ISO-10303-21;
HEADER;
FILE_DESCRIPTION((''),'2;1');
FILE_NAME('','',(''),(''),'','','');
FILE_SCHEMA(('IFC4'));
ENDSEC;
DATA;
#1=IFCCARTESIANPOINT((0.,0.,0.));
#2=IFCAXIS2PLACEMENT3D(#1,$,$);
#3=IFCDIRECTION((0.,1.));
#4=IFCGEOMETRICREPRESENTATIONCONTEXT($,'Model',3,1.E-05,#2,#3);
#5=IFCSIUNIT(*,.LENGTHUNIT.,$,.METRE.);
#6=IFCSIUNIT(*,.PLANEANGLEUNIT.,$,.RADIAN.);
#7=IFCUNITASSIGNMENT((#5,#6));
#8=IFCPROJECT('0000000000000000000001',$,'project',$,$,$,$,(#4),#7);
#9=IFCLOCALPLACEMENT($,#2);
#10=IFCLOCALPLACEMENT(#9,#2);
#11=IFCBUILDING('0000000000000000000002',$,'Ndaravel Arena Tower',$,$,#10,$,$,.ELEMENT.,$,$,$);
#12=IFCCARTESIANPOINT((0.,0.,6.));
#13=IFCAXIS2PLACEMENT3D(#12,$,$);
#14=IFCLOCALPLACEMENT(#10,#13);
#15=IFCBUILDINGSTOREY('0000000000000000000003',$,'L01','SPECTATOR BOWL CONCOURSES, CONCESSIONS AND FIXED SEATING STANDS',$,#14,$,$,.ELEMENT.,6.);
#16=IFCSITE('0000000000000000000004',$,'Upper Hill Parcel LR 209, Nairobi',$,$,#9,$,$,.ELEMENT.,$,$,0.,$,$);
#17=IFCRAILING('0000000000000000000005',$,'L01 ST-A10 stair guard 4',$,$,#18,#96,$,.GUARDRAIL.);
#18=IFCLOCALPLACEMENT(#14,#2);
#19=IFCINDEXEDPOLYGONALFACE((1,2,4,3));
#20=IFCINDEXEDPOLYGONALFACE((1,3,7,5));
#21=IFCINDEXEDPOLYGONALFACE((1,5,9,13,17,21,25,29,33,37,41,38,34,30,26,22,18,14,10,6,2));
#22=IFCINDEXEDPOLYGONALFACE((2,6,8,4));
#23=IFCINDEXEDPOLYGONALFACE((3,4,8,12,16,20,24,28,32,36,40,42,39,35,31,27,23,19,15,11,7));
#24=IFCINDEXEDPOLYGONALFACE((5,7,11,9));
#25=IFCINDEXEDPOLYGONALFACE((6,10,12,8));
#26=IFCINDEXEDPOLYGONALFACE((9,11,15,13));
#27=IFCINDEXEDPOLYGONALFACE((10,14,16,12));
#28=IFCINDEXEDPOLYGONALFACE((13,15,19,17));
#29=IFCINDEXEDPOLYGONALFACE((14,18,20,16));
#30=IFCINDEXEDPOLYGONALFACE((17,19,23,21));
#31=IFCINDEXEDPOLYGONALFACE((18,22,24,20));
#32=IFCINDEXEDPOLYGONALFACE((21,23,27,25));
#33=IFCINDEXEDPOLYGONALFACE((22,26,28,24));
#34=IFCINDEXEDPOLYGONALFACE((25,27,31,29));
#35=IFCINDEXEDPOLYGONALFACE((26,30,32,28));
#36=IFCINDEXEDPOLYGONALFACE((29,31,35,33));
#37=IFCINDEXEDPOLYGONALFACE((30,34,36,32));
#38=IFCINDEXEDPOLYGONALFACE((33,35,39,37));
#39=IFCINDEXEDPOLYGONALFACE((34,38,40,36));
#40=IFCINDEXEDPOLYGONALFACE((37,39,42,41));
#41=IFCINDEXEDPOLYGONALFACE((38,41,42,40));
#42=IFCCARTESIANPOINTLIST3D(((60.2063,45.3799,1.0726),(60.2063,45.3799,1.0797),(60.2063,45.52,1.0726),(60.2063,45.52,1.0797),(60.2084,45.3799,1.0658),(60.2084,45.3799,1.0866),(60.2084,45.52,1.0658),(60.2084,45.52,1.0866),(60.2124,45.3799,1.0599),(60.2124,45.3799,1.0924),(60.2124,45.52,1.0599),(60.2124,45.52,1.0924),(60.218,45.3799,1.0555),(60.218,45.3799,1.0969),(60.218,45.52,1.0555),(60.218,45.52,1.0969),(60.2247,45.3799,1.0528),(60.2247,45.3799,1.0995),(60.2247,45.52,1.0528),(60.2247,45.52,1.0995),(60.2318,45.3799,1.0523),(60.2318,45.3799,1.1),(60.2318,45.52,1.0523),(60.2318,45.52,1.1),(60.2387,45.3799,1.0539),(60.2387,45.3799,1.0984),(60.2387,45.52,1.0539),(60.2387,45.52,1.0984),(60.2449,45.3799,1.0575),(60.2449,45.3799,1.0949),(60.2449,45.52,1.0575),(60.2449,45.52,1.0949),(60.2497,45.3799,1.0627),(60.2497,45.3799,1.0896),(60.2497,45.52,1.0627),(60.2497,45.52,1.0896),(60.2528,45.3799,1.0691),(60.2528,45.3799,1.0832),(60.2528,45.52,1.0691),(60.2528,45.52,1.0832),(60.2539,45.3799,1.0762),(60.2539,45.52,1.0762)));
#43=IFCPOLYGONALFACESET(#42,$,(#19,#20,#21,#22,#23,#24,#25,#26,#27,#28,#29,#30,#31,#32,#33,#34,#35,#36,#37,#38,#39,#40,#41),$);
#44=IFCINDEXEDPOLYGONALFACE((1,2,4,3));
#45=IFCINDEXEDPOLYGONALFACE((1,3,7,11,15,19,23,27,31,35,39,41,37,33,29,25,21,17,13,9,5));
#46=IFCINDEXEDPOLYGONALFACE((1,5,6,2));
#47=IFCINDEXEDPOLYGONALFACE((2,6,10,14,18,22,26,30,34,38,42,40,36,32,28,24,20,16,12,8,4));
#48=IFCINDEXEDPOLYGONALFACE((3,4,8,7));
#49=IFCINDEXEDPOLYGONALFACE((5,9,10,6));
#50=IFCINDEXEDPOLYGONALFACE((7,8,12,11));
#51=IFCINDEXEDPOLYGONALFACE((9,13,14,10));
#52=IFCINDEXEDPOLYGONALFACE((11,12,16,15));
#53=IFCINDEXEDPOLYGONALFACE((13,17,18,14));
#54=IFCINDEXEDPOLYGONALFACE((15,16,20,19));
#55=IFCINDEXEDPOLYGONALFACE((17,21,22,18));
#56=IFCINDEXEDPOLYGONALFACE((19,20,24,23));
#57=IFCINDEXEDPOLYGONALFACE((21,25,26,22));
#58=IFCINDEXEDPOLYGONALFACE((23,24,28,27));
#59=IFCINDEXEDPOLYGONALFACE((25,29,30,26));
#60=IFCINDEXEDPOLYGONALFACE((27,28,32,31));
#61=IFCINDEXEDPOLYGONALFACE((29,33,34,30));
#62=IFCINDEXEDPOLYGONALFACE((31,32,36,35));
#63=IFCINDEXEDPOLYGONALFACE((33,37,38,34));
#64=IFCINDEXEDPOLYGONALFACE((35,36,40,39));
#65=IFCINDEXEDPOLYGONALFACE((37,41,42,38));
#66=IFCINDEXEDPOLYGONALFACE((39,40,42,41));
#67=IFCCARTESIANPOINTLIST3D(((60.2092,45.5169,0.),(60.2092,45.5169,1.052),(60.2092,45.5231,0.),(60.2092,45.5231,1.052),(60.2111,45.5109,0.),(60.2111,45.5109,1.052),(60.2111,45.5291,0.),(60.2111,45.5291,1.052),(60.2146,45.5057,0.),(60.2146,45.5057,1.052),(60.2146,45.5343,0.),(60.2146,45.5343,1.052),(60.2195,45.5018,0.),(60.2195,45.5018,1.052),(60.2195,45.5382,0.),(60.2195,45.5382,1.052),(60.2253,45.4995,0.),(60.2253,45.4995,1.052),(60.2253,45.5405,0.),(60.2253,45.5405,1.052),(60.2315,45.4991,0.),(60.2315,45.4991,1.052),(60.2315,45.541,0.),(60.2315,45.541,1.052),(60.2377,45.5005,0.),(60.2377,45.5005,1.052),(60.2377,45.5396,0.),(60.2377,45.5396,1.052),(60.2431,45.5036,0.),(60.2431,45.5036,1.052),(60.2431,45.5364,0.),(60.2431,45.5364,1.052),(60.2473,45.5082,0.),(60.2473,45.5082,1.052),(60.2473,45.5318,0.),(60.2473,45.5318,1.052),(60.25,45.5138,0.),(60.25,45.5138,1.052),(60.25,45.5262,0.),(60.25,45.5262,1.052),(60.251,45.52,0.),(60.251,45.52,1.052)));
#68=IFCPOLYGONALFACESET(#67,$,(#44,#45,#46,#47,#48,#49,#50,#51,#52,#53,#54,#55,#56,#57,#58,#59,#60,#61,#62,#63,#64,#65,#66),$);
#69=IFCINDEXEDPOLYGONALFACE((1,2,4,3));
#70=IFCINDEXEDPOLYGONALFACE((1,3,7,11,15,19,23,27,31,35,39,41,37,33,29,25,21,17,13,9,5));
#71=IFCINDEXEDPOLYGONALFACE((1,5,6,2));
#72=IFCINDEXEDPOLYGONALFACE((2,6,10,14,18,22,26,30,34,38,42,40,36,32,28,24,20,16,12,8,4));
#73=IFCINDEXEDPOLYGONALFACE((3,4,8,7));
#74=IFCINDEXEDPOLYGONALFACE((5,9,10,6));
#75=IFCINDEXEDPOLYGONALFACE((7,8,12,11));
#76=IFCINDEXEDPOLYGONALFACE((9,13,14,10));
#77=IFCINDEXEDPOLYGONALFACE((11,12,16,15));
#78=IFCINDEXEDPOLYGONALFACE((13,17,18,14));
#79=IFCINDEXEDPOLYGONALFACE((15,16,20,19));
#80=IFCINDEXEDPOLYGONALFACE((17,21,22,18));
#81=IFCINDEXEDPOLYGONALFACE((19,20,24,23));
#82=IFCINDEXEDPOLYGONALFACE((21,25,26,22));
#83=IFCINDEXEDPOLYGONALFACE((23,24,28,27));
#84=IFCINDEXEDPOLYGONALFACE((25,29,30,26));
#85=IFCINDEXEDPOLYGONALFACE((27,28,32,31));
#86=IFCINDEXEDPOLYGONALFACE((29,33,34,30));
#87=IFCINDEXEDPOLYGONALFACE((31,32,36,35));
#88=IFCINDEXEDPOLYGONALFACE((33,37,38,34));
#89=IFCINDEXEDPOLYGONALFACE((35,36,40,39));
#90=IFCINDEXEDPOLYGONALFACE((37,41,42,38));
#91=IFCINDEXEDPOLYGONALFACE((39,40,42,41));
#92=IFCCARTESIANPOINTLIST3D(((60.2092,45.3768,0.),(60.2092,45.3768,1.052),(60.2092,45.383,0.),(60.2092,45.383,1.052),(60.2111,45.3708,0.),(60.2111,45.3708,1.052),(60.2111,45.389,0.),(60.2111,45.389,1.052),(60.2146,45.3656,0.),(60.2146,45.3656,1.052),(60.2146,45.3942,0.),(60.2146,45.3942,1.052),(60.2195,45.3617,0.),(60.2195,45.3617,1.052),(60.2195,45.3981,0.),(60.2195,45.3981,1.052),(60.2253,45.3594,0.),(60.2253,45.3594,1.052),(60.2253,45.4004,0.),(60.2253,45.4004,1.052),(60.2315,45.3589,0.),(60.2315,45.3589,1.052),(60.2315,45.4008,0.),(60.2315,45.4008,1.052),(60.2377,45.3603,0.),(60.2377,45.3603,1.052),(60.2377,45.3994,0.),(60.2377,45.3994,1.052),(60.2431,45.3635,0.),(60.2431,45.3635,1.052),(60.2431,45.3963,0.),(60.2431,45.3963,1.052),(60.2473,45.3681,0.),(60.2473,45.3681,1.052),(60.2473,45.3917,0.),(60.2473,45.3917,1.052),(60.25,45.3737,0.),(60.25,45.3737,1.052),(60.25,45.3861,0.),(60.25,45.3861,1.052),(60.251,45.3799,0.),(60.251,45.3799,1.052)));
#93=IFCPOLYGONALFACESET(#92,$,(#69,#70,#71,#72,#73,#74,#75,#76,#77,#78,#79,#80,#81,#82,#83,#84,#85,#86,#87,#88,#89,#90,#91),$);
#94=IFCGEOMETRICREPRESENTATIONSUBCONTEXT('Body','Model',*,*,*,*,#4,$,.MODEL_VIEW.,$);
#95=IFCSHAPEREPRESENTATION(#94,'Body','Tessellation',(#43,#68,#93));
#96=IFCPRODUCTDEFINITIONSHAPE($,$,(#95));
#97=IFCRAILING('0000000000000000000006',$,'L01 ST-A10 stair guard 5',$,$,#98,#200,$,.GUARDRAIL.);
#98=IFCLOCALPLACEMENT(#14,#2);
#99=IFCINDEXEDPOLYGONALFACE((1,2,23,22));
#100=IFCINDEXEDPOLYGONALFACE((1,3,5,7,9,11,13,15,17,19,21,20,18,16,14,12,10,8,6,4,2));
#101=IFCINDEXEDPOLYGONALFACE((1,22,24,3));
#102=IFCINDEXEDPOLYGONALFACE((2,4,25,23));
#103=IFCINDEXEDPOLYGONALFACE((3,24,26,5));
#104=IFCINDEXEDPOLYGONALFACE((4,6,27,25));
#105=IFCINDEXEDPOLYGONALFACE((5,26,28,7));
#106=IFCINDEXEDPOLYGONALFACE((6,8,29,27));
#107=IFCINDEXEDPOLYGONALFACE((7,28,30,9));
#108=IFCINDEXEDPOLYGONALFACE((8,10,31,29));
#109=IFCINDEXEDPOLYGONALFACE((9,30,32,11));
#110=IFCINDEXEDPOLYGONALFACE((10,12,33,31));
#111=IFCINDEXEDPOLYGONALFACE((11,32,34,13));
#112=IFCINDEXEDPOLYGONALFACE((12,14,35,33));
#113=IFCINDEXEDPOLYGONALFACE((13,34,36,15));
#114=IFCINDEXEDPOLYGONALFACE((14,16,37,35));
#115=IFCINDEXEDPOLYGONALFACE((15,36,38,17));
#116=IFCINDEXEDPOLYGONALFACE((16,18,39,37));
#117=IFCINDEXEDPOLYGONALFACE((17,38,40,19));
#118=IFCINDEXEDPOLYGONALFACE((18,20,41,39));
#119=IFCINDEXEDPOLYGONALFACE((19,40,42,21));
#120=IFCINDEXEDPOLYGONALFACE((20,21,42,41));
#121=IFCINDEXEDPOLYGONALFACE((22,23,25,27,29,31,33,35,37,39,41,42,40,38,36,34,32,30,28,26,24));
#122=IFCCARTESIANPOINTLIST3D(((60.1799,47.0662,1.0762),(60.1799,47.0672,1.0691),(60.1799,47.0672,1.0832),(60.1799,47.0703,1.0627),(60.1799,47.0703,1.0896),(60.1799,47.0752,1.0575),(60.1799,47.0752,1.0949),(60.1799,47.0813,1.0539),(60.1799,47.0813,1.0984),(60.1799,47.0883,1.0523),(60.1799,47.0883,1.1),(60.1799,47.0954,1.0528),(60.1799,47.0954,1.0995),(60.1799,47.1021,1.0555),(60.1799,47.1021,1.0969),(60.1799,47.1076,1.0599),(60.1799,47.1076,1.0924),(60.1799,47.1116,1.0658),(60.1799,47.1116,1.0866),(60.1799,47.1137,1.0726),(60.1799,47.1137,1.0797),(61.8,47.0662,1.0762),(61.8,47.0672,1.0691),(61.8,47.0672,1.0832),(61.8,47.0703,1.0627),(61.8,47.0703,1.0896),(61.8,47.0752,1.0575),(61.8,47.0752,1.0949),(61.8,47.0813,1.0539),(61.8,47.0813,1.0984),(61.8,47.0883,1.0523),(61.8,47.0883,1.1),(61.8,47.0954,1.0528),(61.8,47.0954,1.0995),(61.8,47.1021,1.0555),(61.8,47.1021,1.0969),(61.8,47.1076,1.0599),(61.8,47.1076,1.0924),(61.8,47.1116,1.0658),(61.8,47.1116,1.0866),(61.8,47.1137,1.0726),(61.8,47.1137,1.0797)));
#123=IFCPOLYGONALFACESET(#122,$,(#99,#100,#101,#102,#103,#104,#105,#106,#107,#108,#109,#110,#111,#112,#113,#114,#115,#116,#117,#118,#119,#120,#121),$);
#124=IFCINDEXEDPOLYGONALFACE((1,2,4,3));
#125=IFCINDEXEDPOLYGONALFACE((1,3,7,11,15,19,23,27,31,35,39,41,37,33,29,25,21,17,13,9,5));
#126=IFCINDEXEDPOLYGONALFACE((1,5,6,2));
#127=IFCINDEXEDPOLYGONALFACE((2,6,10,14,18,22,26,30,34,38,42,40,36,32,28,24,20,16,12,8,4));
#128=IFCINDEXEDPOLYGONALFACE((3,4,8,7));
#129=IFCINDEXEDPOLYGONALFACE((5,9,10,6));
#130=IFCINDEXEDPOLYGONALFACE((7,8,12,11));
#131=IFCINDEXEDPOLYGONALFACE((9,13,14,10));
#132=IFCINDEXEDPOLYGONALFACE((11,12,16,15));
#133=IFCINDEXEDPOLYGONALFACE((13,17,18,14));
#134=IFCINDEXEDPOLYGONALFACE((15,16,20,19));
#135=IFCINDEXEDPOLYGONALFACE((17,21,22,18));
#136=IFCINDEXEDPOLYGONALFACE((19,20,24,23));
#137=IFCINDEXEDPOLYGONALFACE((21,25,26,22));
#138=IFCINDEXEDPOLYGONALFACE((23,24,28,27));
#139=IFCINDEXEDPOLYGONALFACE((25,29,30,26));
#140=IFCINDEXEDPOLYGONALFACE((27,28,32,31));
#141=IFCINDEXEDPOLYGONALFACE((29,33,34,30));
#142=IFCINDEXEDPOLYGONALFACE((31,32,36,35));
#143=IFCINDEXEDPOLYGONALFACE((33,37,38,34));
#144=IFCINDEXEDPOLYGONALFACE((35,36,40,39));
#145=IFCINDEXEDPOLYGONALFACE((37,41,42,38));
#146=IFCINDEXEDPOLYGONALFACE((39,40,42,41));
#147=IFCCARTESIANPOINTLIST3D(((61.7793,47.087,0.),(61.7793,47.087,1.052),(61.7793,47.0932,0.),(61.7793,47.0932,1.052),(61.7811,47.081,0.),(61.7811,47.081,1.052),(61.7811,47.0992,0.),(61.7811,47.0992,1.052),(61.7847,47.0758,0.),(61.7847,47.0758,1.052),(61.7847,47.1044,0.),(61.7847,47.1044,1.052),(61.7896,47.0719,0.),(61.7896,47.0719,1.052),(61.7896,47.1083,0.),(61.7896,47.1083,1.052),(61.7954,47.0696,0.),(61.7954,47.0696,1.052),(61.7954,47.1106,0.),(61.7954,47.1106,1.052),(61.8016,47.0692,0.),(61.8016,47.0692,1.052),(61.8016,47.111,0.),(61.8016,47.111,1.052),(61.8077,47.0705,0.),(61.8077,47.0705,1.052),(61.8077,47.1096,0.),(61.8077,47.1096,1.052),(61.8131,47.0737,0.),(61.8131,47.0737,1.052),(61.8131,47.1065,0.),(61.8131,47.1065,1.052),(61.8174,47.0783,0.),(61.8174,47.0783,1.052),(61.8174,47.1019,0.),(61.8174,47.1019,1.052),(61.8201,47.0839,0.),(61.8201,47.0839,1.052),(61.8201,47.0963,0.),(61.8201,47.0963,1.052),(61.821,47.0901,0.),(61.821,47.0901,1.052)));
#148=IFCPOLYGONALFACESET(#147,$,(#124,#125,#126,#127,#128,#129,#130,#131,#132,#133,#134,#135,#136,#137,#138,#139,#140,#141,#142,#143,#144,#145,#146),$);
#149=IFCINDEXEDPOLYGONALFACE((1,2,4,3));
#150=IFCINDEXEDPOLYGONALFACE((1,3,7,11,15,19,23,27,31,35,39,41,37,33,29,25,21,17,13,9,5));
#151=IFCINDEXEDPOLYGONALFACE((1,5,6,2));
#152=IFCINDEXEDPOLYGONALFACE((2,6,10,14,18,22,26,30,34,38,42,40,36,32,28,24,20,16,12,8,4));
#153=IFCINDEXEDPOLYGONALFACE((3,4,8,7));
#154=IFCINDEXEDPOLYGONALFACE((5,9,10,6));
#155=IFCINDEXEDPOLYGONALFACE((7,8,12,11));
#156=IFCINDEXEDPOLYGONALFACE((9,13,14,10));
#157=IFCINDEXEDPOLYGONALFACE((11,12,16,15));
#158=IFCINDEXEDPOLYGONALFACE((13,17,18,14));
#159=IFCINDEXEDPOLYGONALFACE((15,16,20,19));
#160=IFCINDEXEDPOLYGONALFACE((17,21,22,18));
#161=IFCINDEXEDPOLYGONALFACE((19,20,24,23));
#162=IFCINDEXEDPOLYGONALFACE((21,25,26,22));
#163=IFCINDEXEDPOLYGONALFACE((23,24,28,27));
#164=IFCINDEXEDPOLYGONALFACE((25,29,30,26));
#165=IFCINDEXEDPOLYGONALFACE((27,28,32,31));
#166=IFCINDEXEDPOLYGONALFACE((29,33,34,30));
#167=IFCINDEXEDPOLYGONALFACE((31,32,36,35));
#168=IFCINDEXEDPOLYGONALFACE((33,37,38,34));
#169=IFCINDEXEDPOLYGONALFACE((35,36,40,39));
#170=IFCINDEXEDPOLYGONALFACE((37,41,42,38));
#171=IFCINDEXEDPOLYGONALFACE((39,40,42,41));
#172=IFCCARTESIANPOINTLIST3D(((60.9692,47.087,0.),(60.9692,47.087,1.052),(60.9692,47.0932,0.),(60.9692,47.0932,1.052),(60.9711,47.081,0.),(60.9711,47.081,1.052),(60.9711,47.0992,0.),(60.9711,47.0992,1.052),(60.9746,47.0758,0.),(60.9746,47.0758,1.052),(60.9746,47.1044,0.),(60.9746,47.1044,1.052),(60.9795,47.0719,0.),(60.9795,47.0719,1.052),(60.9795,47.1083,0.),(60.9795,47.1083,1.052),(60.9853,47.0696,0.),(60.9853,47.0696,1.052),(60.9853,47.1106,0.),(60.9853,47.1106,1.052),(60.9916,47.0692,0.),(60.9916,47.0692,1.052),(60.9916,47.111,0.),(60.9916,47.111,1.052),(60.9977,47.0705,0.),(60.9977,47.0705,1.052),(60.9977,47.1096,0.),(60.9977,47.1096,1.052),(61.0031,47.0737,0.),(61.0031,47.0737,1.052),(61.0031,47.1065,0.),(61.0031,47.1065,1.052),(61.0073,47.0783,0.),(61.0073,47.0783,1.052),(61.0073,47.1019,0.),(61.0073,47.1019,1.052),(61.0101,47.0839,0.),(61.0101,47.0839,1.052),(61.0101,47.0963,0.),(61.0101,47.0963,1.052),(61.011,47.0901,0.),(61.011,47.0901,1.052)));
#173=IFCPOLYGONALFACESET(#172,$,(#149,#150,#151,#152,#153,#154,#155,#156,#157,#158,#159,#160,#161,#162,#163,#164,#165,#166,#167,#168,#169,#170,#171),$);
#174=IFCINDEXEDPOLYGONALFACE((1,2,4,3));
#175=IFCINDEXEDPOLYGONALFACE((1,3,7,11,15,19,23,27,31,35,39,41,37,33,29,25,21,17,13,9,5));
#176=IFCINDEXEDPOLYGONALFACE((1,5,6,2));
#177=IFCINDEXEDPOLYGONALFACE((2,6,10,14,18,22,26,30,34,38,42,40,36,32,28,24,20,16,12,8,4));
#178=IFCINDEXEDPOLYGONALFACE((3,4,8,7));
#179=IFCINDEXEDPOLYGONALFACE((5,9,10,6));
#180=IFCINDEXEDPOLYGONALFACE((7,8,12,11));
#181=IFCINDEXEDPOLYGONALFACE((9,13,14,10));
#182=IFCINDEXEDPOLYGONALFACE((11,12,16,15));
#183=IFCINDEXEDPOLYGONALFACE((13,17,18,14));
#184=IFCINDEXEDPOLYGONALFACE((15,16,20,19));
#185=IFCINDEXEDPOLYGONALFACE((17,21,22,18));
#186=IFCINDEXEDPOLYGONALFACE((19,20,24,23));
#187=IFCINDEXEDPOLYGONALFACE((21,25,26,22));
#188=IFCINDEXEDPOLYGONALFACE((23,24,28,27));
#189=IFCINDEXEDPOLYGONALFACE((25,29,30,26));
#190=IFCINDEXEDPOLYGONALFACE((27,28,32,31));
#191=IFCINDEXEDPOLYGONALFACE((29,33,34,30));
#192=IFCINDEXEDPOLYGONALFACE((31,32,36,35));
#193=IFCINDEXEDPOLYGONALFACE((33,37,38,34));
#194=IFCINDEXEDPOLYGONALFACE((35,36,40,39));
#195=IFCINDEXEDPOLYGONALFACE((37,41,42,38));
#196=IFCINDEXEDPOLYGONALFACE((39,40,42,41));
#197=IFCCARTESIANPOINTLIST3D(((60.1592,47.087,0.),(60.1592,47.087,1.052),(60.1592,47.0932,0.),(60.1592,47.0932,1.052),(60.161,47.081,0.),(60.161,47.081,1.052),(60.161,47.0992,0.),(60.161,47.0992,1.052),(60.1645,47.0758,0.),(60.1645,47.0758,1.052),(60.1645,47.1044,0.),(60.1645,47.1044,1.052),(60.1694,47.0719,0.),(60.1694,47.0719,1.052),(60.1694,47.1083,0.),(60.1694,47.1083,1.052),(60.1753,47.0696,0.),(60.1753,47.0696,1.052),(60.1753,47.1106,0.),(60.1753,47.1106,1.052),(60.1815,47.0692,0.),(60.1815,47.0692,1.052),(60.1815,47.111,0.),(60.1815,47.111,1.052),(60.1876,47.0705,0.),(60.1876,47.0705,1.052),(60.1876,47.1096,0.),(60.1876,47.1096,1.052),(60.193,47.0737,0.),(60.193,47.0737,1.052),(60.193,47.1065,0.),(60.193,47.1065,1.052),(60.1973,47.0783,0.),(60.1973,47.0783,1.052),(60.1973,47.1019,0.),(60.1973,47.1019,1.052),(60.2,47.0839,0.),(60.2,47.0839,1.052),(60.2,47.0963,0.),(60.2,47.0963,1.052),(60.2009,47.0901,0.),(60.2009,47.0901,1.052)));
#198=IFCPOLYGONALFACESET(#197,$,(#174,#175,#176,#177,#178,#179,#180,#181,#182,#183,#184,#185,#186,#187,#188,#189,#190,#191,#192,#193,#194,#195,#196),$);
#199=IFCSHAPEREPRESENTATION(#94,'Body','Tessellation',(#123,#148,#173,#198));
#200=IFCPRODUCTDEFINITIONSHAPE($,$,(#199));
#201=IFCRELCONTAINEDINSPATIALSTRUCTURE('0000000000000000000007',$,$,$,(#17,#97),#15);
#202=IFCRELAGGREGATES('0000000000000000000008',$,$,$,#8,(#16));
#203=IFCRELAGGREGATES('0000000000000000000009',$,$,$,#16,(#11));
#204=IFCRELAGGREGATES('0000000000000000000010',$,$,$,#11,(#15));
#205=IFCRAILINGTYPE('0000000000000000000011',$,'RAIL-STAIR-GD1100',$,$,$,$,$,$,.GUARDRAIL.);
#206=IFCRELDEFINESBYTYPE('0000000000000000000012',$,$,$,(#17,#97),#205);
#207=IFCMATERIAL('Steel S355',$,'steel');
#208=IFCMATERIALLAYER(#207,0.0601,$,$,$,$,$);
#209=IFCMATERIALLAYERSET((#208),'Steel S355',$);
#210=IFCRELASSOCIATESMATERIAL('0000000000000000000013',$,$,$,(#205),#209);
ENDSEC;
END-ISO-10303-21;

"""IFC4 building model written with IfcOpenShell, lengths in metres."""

from ifc_helpers import new_model, si_unit, direction, frame, origin, origin_2d, place, context, subcontext, project, spatial, circle, extrude, material, layer, layer_set, type_object, element, save


model = new_model("IFC4")

# Units and contexts
model_context = context("Model", 3, precision=1e-05, world=origin(), true_north=direction((0.0, 1.0)))
body_context = subcontext(model_context, "Body", "Model", "MODEL_VIEW")
ifc_project = project(units=[si_unit("LENGTHUNIT", "METRE"), si_unit("PLANEANGLEUNIT", "RADIAN")], contexts=[model_context])

# Site, building, storey
site_placement = place(None, origin())
site = spatial("IfcSite", under=ifc_project, at=site_placement, Name="Upper Hill Parcel LR 209, Nairobi", CompositionType="ELEMENT", RefElevation=0.0)
building_placement = place(site_placement, origin())
building = spatial("IfcBuilding", under=site, at=building_placement, Name="Ndaravel Arena Tower", CompositionType="ELEMENT")
storey_placement = place(building_placement, frame((0.0, 0.0, 6.0)))
storey = spatial("IfcBuildingStorey", under=building, at=storey_placement, Name="L01", Description="SPECTATOR BOWL CONCOURSES, CONCESSIONS AND FIXED SEATING STANDS", CompositionType="ELEMENT", Elevation=6.0)

# Railings
ifc_material_1 = material(Name="Steel S355", Category="steel")
ifc_layer_1 = layer(ifc_material_1, 0.0601)
ifc_layer_set_1 = layer_set([ifc_layer_1], Name="Steel S355")
railing_type_1 = type_object("IfcRailingType", Name="RAIL-STAIR-GD1100", PredefinedType="GUARDRAIL", material=ifc_layer_set_1)
railing_1_placement = place(storey_placement, frame((60.23, 45.52, 0.0)))
element("IfcRailing", 1, at=railing_1_placement, inside=storey, type_object=railing_type_1, Name="L01 ST-A10 stair guard 4", PredefinedType="GUARDRAIL", context=body_context, shape_type="SweptSolid", body=[
    extrude(circle(Radius=0.0239, at=origin_2d()), frame((0.0, 0.0, 1.0762), z_axis=(0.0, -1.0, 0.0), x_axis=(1.0, 0.0, 0.0)), (0.0, 0.0, 1.0), 0.1401),
    extrude(circle(Radius=0.021, at=origin_2d()), origin(), (0.0, 0.0, 1.0), 1.052),
    extrude(circle(Radius=0.021, at=origin_2d()), frame((0.0, -0.1401, 0.0)), (0.0, 0.0, 1.0), 1.052),
])
for number, where, name in (
    (2, (61.8, 47.0901, 0.0), "L01 ST-A10 stair guard 5"),
):
    element("IfcRailing", number, at=place(storey_placement, frame(where)), inside=storey, type_object=railing_type_1, Name=name, PredefinedType="GUARDRAIL", context=body_context, shape_type="SweptSolid", body=[
        extrude(circle(Radius=0.0239, at=origin_2d()), frame((0.0, 0.0, 1.0762), z_axis=(-1.0, 0.0, 0.0), x_axis=(0.0, -1.0, 0.0)), (0.0, 0.0, 1.0), 1.6201),
        extrude(circle(Radius=0.021, at=origin_2d()), origin(), (0.0, 0.0, 1.0), 1.052),
        extrude(circle(Radius=0.021, at=origin_2d()), frame((-0.8101, 0.0, 0.0)), (0.0, 0.0, 1.0), 1.052),
        extrude(circle(Radius=0.021, at=origin_2d()), frame((-1.6201, 0.0, 0.0)), (0.0, 0.0, 1.0), 1.052),
    ])

save(model, "model.ifc")
